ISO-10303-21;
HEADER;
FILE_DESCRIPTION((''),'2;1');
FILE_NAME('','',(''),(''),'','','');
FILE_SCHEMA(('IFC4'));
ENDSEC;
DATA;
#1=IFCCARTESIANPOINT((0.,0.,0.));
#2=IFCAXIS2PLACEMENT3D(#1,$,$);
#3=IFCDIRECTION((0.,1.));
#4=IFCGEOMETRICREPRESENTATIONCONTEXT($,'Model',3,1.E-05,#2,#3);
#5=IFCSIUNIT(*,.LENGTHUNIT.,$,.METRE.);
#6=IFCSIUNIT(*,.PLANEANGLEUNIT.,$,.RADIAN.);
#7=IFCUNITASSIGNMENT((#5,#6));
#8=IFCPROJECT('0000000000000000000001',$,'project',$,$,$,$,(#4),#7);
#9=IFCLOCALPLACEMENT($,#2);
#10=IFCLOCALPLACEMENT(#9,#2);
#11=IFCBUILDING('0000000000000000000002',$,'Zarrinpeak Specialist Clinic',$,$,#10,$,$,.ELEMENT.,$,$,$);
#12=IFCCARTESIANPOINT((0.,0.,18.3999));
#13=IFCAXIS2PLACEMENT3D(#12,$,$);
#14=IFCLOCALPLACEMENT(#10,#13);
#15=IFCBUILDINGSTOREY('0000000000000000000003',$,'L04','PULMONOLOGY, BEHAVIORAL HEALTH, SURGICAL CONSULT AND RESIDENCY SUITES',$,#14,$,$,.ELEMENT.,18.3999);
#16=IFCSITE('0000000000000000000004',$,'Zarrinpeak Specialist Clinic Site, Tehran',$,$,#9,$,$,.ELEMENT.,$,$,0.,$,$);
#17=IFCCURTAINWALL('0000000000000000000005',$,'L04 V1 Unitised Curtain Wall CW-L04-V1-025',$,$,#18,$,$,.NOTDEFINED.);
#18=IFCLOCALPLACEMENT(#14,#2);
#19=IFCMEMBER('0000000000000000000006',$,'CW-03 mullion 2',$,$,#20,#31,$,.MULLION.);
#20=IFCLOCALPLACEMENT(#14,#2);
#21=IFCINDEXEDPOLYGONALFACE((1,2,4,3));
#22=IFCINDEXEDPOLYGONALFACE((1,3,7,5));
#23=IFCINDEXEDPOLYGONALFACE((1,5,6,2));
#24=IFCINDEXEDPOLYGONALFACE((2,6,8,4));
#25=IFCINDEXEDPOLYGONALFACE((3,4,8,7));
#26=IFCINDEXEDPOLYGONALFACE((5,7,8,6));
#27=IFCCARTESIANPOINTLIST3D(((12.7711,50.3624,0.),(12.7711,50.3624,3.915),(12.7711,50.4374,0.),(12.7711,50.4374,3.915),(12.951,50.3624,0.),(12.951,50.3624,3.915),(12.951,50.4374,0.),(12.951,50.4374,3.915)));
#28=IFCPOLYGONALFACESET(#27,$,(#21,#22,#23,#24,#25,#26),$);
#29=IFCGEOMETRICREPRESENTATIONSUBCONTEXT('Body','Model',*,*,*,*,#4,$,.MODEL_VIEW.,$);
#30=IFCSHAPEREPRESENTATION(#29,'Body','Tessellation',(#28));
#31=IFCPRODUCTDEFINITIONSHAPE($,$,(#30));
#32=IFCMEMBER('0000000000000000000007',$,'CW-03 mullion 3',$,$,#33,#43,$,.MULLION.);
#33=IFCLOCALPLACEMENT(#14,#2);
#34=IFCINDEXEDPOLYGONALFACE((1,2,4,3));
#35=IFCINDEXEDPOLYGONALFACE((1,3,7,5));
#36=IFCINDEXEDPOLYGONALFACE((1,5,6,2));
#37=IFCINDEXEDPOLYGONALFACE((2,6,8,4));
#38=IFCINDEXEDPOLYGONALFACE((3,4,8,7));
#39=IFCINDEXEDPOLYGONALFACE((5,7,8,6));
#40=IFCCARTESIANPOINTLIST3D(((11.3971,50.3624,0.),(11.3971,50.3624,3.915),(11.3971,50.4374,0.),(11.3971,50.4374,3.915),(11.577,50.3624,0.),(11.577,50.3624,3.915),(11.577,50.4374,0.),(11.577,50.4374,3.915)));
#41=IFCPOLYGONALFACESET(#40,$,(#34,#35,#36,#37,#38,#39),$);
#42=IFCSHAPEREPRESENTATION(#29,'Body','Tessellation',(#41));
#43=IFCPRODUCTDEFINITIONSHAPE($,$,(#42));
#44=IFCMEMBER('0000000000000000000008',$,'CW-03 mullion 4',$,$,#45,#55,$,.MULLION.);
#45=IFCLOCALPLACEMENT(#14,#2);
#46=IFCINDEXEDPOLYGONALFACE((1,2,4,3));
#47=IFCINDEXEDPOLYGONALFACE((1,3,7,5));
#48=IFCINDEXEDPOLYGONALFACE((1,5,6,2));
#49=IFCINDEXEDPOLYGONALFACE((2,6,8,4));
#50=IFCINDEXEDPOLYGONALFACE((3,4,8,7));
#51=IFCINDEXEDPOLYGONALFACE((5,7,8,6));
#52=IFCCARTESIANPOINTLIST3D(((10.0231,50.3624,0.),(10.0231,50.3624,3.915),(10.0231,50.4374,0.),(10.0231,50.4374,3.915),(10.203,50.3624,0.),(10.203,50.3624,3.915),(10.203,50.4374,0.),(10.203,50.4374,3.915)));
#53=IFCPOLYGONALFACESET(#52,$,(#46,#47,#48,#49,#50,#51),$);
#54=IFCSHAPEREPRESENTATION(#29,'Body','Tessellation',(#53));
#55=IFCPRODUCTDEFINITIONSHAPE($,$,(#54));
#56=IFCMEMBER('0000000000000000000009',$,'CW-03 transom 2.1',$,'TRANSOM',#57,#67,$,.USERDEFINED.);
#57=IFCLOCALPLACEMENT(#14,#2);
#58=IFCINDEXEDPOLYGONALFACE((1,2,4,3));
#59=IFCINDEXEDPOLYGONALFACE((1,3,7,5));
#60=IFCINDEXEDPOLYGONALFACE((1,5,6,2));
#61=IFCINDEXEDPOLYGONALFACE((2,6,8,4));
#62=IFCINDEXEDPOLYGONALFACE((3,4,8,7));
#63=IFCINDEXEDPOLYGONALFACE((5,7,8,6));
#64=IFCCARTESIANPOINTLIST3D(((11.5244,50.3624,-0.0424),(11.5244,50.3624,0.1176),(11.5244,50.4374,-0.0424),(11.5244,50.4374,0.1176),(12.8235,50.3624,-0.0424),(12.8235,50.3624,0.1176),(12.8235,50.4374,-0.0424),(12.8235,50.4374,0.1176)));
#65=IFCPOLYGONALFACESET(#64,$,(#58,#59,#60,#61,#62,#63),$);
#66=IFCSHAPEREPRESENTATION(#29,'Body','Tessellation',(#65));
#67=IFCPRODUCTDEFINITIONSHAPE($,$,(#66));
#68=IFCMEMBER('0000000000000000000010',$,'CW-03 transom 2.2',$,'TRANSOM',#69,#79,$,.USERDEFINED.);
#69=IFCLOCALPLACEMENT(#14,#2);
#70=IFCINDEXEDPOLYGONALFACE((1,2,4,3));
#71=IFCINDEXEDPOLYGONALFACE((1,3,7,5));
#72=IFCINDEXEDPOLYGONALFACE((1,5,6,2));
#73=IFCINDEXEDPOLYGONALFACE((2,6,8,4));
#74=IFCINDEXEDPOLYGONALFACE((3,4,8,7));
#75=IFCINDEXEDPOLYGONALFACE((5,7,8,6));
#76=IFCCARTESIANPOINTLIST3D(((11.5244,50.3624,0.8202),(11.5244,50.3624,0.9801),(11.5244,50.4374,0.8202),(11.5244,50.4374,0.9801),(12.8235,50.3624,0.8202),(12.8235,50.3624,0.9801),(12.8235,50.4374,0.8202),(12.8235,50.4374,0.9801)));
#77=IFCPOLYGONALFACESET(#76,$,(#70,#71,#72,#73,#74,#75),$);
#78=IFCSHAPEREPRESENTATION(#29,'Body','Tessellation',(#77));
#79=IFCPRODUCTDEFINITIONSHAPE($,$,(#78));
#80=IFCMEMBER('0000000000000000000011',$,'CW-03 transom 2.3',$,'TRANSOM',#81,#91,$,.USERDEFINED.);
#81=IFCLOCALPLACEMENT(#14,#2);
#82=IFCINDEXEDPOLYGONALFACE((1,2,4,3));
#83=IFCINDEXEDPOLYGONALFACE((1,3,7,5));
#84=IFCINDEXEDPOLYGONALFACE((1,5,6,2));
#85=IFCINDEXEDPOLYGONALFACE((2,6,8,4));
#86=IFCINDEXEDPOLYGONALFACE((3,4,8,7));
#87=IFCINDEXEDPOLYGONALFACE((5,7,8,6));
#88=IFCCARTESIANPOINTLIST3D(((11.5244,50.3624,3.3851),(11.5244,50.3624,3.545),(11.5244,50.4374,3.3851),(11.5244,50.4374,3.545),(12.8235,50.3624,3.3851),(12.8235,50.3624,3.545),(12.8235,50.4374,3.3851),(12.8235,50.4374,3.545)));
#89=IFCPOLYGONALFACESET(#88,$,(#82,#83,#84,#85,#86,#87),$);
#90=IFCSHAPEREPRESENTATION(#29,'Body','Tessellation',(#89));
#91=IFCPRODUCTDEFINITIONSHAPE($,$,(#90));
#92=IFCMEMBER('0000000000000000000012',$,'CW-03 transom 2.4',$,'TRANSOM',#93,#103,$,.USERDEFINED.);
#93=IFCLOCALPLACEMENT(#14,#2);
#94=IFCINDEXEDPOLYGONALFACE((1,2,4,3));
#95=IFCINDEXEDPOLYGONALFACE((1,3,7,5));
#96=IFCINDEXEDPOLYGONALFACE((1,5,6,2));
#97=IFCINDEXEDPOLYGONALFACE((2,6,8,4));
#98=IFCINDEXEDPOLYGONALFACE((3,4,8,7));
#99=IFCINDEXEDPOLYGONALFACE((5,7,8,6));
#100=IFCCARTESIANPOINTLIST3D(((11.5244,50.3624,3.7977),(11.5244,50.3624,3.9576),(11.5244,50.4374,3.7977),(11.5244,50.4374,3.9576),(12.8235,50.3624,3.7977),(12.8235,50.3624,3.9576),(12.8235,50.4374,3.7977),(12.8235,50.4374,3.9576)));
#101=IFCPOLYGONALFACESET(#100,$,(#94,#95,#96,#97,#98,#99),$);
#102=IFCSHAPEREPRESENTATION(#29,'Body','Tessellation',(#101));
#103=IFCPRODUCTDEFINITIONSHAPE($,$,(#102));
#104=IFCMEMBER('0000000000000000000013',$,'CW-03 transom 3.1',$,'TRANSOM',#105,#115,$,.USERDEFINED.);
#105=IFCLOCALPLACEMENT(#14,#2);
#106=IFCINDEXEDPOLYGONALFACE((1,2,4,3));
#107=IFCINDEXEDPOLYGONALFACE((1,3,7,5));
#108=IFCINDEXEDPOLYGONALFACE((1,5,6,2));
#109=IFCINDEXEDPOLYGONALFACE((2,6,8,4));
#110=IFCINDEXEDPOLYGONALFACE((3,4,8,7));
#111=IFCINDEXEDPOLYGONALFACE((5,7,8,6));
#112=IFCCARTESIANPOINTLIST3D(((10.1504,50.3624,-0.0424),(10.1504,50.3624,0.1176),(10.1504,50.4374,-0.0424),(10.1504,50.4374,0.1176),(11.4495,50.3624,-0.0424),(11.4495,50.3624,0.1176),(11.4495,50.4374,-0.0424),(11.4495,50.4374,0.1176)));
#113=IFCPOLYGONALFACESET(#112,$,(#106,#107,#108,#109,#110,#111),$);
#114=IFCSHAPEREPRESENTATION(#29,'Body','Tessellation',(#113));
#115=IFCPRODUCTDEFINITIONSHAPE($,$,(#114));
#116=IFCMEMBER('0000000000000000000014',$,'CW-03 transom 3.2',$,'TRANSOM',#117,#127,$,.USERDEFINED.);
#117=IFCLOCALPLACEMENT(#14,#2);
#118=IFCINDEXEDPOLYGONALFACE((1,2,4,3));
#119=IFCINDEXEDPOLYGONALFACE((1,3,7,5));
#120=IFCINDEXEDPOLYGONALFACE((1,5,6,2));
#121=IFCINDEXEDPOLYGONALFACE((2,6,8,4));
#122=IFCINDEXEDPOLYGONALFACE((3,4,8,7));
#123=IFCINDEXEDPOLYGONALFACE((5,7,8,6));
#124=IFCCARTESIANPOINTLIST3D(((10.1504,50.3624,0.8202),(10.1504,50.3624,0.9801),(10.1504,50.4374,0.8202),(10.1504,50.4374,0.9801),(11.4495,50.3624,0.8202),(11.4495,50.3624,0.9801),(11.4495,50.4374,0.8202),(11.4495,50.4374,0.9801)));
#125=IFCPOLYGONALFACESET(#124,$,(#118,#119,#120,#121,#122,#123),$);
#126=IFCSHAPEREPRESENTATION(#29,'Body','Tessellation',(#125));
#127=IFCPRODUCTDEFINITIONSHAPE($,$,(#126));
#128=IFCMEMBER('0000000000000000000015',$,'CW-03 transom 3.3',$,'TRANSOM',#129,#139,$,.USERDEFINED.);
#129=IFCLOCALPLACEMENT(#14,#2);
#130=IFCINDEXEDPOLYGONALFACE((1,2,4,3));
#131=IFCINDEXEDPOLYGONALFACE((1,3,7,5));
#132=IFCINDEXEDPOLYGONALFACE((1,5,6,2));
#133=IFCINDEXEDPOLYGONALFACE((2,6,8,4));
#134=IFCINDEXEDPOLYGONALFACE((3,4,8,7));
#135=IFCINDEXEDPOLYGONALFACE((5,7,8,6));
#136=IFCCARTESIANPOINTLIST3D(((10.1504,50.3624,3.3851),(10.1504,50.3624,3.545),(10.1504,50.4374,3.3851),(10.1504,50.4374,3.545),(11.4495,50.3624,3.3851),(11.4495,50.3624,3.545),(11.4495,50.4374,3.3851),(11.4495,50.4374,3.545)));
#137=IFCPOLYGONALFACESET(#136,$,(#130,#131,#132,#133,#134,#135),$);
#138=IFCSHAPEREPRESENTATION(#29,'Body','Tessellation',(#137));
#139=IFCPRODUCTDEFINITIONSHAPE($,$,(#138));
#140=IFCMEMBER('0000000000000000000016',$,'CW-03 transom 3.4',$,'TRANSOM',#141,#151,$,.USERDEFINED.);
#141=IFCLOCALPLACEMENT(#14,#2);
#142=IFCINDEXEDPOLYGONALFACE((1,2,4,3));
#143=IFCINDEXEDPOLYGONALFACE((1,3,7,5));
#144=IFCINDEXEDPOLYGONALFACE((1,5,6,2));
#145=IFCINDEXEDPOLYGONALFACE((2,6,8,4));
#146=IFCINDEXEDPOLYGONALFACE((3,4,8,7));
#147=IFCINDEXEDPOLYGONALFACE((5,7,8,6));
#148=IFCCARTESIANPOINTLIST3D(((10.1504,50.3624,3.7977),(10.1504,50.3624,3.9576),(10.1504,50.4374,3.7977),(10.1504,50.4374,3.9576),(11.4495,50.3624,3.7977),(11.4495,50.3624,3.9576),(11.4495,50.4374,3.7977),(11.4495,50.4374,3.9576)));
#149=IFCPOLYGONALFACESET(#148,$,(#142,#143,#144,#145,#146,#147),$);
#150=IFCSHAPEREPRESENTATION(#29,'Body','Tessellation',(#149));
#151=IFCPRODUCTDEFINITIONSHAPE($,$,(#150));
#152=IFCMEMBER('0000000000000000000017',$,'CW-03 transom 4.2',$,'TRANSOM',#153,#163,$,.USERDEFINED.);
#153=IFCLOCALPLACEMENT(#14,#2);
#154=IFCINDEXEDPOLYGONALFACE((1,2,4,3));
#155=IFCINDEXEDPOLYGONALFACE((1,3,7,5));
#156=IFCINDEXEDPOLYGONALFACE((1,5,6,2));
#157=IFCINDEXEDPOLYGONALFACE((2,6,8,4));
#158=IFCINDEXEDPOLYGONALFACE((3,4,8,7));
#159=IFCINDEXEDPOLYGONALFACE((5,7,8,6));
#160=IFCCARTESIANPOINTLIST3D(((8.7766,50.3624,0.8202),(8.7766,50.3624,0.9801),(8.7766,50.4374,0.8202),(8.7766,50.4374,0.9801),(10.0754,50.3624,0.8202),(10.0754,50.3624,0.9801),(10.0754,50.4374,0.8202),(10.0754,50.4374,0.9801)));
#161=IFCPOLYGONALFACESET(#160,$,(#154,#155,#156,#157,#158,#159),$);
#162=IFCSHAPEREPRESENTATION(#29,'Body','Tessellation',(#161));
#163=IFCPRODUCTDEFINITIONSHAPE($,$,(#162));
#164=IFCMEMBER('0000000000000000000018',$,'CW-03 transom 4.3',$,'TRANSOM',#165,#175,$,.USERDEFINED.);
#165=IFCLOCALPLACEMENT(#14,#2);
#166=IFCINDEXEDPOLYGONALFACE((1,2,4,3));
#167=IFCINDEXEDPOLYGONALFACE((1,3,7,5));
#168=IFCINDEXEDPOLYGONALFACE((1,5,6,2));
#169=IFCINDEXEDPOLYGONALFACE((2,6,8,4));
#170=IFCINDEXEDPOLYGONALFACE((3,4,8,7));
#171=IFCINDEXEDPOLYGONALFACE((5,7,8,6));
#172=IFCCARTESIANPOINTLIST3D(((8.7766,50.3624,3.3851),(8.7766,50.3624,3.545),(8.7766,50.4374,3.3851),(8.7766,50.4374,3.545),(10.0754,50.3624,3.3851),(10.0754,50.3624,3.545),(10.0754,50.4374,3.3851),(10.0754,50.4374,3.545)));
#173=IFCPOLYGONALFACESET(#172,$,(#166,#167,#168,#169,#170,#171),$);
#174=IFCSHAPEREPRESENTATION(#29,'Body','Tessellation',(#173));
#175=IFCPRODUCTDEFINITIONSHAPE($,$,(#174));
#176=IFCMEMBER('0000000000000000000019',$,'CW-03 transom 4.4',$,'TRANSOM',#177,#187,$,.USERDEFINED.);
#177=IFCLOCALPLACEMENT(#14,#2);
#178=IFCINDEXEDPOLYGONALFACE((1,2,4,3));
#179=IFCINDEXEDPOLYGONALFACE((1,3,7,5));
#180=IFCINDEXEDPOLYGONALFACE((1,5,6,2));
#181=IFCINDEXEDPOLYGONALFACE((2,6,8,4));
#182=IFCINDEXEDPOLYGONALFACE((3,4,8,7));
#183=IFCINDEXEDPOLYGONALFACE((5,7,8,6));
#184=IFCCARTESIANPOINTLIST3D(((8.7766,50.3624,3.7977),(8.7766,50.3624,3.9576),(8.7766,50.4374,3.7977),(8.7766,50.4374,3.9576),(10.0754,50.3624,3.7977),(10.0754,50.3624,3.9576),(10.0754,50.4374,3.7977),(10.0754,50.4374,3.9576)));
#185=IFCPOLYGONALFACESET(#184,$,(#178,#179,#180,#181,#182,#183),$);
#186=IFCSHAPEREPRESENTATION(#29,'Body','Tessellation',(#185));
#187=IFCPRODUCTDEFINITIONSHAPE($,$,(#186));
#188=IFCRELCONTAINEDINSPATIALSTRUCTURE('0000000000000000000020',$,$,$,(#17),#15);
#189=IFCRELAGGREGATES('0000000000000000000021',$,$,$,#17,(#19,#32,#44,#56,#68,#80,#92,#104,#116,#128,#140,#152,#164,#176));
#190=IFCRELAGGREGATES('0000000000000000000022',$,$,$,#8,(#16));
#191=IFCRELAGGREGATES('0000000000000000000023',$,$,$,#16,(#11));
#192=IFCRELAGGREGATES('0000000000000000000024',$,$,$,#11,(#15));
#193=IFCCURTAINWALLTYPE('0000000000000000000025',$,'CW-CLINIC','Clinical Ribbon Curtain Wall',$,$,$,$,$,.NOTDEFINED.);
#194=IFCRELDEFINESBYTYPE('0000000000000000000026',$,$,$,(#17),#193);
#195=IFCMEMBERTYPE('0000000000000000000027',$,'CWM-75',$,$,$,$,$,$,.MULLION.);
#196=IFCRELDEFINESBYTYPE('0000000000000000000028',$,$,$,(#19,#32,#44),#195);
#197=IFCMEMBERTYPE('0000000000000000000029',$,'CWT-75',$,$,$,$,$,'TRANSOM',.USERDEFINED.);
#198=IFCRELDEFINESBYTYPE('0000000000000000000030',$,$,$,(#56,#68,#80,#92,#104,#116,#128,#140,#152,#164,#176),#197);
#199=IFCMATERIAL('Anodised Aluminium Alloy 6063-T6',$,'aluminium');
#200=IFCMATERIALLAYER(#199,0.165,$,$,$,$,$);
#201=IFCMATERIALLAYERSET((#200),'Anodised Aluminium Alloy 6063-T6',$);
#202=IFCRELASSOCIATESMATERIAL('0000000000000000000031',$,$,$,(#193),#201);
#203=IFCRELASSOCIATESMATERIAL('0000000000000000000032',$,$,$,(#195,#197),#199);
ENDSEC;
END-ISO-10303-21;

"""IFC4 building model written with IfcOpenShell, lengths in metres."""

from ifc_helpers import new_model, si_unit, direction, frame, origin, origin_2d, place, context, subcontext, project, spatial, rectangle, extrude, material, layer, layer_set, material_profile, profile_set, type_object, element, aggregate, save


model = new_model("IFC4")

# Units and contexts
model_context = context("Model", 3, precision=1e-05, world=origin(), true_north=direction((0.0, 1.0)))
body_context = subcontext(model_context, "Body", "Model", "MODEL_VIEW")
ifc_project = project(units=[si_unit("LENGTHUNIT", "METRE"), si_unit("PLANEANGLEUNIT", "RADIAN")], contexts=[model_context])

# Site, building, storey
site_placement = place(None, origin())
site = spatial("IfcSite", under=ifc_project, at=site_placement, Name="Zarrinpeak Specialist Clinic Site, Tehran", CompositionType="ELEMENT", RefElevation=0.0)
building_placement = place(site_placement, origin())
building = spatial("IfcBuilding", under=site, at=building_placement, Name="Zarrinpeak Specialist Clinic", CompositionType="ELEMENT")
storey_placement = place(building_placement, frame((0.0, 0.0, 18.3999)))
storey = spatial("IfcBuildingStorey", under=building, at=storey_placement, Name="L04", Description="PULMONOLOGY, BEHAVIORAL HEALTH, SURGICAL CONSULT AND RESIDENCY SUITES", CompositionType="ELEMENT", Elevation=18.3999)

# Curtain wall, members
ifc_material_1 = material(Name="Anodised Aluminium Alloy 6063-T6", Category="aluminium")
ifc_layer_1 = layer(ifc_material_1, 0.165)
ifc_layer_set_1 = layer_set([ifc_layer_1], Name="Anodised Aluminium Alloy 6063-T6")
curtain_wall_type = type_object("IfcCurtainWallType", Name="CW-CLINIC", Description="Clinical Ribbon Curtain Wall", PredefinedType="NOTDEFINED", material=ifc_layer_set_1)
curtain_wall_placement = place(storey_placement, origin())
curtain_wall = element("IfcCurtainWall", 1, at=curtain_wall_placement, inside=storey, type_object=curtain_wall_type, Name="L04 V1 Unitised Curtain Wall CW-L04-V1-025", PredefinedType="NOTDEFINED")
ifc_material_profile_1 = material_profile(ifc_material_1, rectangle(XDim=0.075, YDim=0.1799, at=origin_2d()), Name="ALU 75x180")
ifc_profile_set_1 = profile_set([ifc_material_profile_1], Name="Anodised Aluminium Alloy 6063-T6")
member_type_1 = type_object("IfcMemberType", Name="CWM-75", PredefinedType="MULLION", material=ifc_profile_set_1)
member_1_placement = place(storey_placement, frame((12.8611, 50.3999, 0.0), z_axis=(0.0, 0.0, 1.0), x_axis=(0.0, -1.0, 0.0)))
member_1 = element("IfcMember", 2, at=member_1_placement, type_object=member_type_1, Name="CW-03 mullion 2", PredefinedType="MULLION", context=body_context, shape_type="SweptSolid", body=[
    extrude(rectangle(XDim=0.075, YDim=0.1799, at=origin_2d()), origin(), (0.0, 0.0, 1.0), 3.915),
])
member_2_placement = place(storey_placement, frame((11.4871, 50.3999, 0.0), z_axis=(0.0, 0.0, 1.0), x_axis=(0.0, -1.0, 0.0)))
member_2 = element("IfcMember", 3, at=member_2_placement, type_object=member_type_1, Name="CW-03 mullion 3", PredefinedType="MULLION", context=body_context, shape_type="SweptSolid", body=[
    extrude(rectangle(XDim=0.075, YDim=0.1799, at=origin_2d()), origin(), (0.0, 0.0, 1.0), 3.915),
])
member_3_placement = place(storey_placement, frame((10.113, 50.3999, 0.0), z_axis=(0.0, 0.0, 1.0), x_axis=(0.0, -1.0, 0.0)))
member_3 = element("IfcMember", 4, at=member_3_placement, type_object=member_type_1, Name="CW-03 mullion 4", PredefinedType="MULLION", context=body_context, shape_type="SweptSolid", body=[
    extrude(rectangle(XDim=0.075, YDim=0.1799, at=origin_2d()), origin(), (0.0, 0.0, 1.0), 3.915),
])
ifc_material_profile_2 = material_profile(ifc_material_1, rectangle(XDim=0.075, YDim=0.1599, at=origin_2d()), Name="ALU 75x160")
ifc_profile_set_2 = profile_set([ifc_material_profile_2], Name="Anodised Aluminium Alloy 6063-T6")
member_type_2 = type_object("IfcMemberType", Name="CWT-75", ElementType="TRANSOM", PredefinedType="USERDEFINED", material=ifc_profile_set_2)
member_4_placement = place(storey_placement, frame((12.8235, 50.3999, 0.0376), z_axis=(-1.0, 0.0, 0.0), x_axis=(0.0, -1.0, 0.0)))
member_4 = element("IfcMember", 5, at=member_4_placement, type_object=member_type_2, Name="CW-03 transom 2.1", ObjectType="TRANSOM", PredefinedType="USERDEFINED", context=body_context, shape_type="SweptSolid", body=[
    extrude(rectangle(XDim=0.075, YDim=0.1599, at=origin_2d()), origin(), (0.0, 0.0, 1.0), 1.2991),
])
member_5_placement = place(storey_placement, frame((12.8235, 50.3999, 0.9001), z_axis=(-1.0, 0.0, 0.0), x_axis=(0.0, -1.0, 0.0)))
member_5 = element("IfcMember", 6, at=member_5_placement, type_object=member_type_2, Name="CW-03 transom 2.2", ObjectType="TRANSOM", PredefinedType="USERDEFINED", context=body_context, shape_type="SweptSolid", body=[
    extrude(rectangle(XDim=0.075, YDim=0.1599, at=origin_2d()), origin(), (0.0, 0.0, 1.0), 1.2991),
])
member_6_placement = place(storey_placement, frame((12.8235, 50.3999, 3.4651), z_axis=(-1.0, 0.0, 0.0), x_axis=(0.0, -1.0, 0.0)))
member_6 = element("IfcMember", 7, at=member_6_placement, type_object=member_type_2, Name="CW-03 transom 2.3", ObjectType="TRANSOM", PredefinedType="USERDEFINED", context=body_context, shape_type="SweptSolid", body=[
    extrude(rectangle(XDim=0.075, YDim=0.1599, at=origin_2d()), origin(), (0.0, 0.0, 1.0), 1.2991),
])
member_7_placement = place(storey_placement, frame((12.8235, 50.3999, 3.8777), z_axis=(-1.0, 0.0, 0.0), x_axis=(0.0, -1.0, 0.0)))
member_7 = element("IfcMember", 8, at=member_7_placement, type_object=member_type_2, Name="CW-03 transom 2.4", ObjectType="TRANSOM", PredefinedType="USERDEFINED", context=body_context, shape_type="SweptSolid", body=[
    extrude(rectangle(XDim=0.075, YDim=0.1599, at=origin_2d()), origin(), (0.0, 0.0, 1.0), 1.2991),
])
member_8_placement = place(storey_placement, frame((11.4495, 50.3999, 0.0376), z_axis=(-1.0, 0.0, 0.0), x_axis=(0.0, -1.0, 0.0)))
member_8 = element("IfcMember", 9, at=member_8_placement, type_object=member_type_2, Name="CW-03 transom 3.1", ObjectType="TRANSOM", PredefinedType="USERDEFINED", context=body_context, shape_type="SweptSolid", body=[
    extrude(rectangle(XDim=0.075, YDim=0.1599, at=origin_2d()), origin(), (0.0, 0.0, 1.0), 1.2991),
])
member_9_placement = place(storey_placement, frame((11.4495, 50.3999, 0.9001), z_axis=(-1.0, 0.0, 0.0), x_axis=(0.0, -1.0, 0.0)))
member_9 = element("IfcMember", 10, at=member_9_placement, type_object=member_type_2, Name="CW-03 transom 3.2", ObjectType="TRANSOM", PredefinedType="USERDEFINED", context=body_context, shape_type="SweptSolid", body=[
    extrude(rectangle(XDim=0.075, YDim=0.1599, at=origin_2d()), origin(), (0.0, 0.0, 1.0), 1.2991),
])
member_10_placement = place(storey_placement, frame((11.4495, 50.3999, 3.4651), z_axis=(-1.0, 0.0, 0.0), x_axis=(0.0, -1.0, 0.0)))
member_10 = element("IfcMember", 11, at=member_10_placement, type_object=member_type_2, Name="CW-03 transom 3.3", ObjectType="TRANSOM", PredefinedType="USERDEFINED", context=body_context, shape_type="SweptSolid", body=[
    extrude(rectangle(XDim=0.075, YDim=0.1599, at=origin_2d()), origin(), (0.0, 0.0, 1.0), 1.2991),
])
member_11_placement = place(storey_placement, frame((11.4495, 50.3999, 3.8777), z_axis=(-1.0, 0.0, 0.0), x_axis=(0.0, -1.0, 0.0)))
member_11 = element("IfcMember", 12, at=member_11_placement, type_object=member_type_2, Name="CW-03 transom 3.4", ObjectType="TRANSOM", PredefinedType="USERDEFINED", context=body_context, shape_type="SweptSolid", body=[
    extrude(rectangle(XDim=0.075, YDim=0.1599, at=origin_2d()), origin(), (0.0, 0.0, 1.0), 1.2991),
])
member_12_placement = place(storey_placement, frame((10.0754, 50.3999, 0.9001), z_axis=(-1.0, 0.0, 0.0), x_axis=(0.0, -1.0, 0.0)))
member_12 = element("IfcMember", 13, at=member_12_placement, type_object=member_type_2, Name="CW-03 transom 4.2", ObjectType="TRANSOM", PredefinedType="USERDEFINED", context=body_context, shape_type="SweptSolid", body=[
    extrude(rectangle(XDim=0.075, YDim=0.1599, at=origin_2d()), origin(), (0.0, 0.0, 1.0), 1.2988),
])
member_13_placement = place(storey_placement, frame((10.0754, 50.3999, 3.4651), z_axis=(-1.0, 0.0, 0.0), x_axis=(0.0, -1.0, 0.0)))
member_13 = element("IfcMember", 14, at=member_13_placement, type_object=member_type_2, Name="CW-03 transom 4.3", ObjectType="TRANSOM", PredefinedType="USERDEFINED", context=body_context, shape_type="SweptSolid", body=[
    extrude(rectangle(XDim=0.075, YDim=0.1599, at=origin_2d()), origin(), (0.0, 0.0, 1.0), 1.2988),
])
member_14_placement = place(storey_placement, frame((10.0754, 50.3999, 3.8777), z_axis=(-1.0, 0.0, 0.0), x_axis=(0.0, -1.0, 0.0)))
member_14 = element("IfcMember", 15, at=member_14_placement, type_object=member_type_2, Name="CW-03 transom 4.4", ObjectType="TRANSOM", PredefinedType="USERDEFINED", context=body_context, shape_type="SweptSolid", body=[
    extrude(rectangle(XDim=0.075, YDim=0.1599, at=origin_2d()), origin(), (0.0, 0.0, 1.0), 1.2988),
])
aggregate(curtain_wall, [member_1, member_2, member_3, member_4, member_5, member_6, member_7, member_8, member_9, member_10, member_11, member_12, member_13, member_14])

save(model, "model.ifc")
